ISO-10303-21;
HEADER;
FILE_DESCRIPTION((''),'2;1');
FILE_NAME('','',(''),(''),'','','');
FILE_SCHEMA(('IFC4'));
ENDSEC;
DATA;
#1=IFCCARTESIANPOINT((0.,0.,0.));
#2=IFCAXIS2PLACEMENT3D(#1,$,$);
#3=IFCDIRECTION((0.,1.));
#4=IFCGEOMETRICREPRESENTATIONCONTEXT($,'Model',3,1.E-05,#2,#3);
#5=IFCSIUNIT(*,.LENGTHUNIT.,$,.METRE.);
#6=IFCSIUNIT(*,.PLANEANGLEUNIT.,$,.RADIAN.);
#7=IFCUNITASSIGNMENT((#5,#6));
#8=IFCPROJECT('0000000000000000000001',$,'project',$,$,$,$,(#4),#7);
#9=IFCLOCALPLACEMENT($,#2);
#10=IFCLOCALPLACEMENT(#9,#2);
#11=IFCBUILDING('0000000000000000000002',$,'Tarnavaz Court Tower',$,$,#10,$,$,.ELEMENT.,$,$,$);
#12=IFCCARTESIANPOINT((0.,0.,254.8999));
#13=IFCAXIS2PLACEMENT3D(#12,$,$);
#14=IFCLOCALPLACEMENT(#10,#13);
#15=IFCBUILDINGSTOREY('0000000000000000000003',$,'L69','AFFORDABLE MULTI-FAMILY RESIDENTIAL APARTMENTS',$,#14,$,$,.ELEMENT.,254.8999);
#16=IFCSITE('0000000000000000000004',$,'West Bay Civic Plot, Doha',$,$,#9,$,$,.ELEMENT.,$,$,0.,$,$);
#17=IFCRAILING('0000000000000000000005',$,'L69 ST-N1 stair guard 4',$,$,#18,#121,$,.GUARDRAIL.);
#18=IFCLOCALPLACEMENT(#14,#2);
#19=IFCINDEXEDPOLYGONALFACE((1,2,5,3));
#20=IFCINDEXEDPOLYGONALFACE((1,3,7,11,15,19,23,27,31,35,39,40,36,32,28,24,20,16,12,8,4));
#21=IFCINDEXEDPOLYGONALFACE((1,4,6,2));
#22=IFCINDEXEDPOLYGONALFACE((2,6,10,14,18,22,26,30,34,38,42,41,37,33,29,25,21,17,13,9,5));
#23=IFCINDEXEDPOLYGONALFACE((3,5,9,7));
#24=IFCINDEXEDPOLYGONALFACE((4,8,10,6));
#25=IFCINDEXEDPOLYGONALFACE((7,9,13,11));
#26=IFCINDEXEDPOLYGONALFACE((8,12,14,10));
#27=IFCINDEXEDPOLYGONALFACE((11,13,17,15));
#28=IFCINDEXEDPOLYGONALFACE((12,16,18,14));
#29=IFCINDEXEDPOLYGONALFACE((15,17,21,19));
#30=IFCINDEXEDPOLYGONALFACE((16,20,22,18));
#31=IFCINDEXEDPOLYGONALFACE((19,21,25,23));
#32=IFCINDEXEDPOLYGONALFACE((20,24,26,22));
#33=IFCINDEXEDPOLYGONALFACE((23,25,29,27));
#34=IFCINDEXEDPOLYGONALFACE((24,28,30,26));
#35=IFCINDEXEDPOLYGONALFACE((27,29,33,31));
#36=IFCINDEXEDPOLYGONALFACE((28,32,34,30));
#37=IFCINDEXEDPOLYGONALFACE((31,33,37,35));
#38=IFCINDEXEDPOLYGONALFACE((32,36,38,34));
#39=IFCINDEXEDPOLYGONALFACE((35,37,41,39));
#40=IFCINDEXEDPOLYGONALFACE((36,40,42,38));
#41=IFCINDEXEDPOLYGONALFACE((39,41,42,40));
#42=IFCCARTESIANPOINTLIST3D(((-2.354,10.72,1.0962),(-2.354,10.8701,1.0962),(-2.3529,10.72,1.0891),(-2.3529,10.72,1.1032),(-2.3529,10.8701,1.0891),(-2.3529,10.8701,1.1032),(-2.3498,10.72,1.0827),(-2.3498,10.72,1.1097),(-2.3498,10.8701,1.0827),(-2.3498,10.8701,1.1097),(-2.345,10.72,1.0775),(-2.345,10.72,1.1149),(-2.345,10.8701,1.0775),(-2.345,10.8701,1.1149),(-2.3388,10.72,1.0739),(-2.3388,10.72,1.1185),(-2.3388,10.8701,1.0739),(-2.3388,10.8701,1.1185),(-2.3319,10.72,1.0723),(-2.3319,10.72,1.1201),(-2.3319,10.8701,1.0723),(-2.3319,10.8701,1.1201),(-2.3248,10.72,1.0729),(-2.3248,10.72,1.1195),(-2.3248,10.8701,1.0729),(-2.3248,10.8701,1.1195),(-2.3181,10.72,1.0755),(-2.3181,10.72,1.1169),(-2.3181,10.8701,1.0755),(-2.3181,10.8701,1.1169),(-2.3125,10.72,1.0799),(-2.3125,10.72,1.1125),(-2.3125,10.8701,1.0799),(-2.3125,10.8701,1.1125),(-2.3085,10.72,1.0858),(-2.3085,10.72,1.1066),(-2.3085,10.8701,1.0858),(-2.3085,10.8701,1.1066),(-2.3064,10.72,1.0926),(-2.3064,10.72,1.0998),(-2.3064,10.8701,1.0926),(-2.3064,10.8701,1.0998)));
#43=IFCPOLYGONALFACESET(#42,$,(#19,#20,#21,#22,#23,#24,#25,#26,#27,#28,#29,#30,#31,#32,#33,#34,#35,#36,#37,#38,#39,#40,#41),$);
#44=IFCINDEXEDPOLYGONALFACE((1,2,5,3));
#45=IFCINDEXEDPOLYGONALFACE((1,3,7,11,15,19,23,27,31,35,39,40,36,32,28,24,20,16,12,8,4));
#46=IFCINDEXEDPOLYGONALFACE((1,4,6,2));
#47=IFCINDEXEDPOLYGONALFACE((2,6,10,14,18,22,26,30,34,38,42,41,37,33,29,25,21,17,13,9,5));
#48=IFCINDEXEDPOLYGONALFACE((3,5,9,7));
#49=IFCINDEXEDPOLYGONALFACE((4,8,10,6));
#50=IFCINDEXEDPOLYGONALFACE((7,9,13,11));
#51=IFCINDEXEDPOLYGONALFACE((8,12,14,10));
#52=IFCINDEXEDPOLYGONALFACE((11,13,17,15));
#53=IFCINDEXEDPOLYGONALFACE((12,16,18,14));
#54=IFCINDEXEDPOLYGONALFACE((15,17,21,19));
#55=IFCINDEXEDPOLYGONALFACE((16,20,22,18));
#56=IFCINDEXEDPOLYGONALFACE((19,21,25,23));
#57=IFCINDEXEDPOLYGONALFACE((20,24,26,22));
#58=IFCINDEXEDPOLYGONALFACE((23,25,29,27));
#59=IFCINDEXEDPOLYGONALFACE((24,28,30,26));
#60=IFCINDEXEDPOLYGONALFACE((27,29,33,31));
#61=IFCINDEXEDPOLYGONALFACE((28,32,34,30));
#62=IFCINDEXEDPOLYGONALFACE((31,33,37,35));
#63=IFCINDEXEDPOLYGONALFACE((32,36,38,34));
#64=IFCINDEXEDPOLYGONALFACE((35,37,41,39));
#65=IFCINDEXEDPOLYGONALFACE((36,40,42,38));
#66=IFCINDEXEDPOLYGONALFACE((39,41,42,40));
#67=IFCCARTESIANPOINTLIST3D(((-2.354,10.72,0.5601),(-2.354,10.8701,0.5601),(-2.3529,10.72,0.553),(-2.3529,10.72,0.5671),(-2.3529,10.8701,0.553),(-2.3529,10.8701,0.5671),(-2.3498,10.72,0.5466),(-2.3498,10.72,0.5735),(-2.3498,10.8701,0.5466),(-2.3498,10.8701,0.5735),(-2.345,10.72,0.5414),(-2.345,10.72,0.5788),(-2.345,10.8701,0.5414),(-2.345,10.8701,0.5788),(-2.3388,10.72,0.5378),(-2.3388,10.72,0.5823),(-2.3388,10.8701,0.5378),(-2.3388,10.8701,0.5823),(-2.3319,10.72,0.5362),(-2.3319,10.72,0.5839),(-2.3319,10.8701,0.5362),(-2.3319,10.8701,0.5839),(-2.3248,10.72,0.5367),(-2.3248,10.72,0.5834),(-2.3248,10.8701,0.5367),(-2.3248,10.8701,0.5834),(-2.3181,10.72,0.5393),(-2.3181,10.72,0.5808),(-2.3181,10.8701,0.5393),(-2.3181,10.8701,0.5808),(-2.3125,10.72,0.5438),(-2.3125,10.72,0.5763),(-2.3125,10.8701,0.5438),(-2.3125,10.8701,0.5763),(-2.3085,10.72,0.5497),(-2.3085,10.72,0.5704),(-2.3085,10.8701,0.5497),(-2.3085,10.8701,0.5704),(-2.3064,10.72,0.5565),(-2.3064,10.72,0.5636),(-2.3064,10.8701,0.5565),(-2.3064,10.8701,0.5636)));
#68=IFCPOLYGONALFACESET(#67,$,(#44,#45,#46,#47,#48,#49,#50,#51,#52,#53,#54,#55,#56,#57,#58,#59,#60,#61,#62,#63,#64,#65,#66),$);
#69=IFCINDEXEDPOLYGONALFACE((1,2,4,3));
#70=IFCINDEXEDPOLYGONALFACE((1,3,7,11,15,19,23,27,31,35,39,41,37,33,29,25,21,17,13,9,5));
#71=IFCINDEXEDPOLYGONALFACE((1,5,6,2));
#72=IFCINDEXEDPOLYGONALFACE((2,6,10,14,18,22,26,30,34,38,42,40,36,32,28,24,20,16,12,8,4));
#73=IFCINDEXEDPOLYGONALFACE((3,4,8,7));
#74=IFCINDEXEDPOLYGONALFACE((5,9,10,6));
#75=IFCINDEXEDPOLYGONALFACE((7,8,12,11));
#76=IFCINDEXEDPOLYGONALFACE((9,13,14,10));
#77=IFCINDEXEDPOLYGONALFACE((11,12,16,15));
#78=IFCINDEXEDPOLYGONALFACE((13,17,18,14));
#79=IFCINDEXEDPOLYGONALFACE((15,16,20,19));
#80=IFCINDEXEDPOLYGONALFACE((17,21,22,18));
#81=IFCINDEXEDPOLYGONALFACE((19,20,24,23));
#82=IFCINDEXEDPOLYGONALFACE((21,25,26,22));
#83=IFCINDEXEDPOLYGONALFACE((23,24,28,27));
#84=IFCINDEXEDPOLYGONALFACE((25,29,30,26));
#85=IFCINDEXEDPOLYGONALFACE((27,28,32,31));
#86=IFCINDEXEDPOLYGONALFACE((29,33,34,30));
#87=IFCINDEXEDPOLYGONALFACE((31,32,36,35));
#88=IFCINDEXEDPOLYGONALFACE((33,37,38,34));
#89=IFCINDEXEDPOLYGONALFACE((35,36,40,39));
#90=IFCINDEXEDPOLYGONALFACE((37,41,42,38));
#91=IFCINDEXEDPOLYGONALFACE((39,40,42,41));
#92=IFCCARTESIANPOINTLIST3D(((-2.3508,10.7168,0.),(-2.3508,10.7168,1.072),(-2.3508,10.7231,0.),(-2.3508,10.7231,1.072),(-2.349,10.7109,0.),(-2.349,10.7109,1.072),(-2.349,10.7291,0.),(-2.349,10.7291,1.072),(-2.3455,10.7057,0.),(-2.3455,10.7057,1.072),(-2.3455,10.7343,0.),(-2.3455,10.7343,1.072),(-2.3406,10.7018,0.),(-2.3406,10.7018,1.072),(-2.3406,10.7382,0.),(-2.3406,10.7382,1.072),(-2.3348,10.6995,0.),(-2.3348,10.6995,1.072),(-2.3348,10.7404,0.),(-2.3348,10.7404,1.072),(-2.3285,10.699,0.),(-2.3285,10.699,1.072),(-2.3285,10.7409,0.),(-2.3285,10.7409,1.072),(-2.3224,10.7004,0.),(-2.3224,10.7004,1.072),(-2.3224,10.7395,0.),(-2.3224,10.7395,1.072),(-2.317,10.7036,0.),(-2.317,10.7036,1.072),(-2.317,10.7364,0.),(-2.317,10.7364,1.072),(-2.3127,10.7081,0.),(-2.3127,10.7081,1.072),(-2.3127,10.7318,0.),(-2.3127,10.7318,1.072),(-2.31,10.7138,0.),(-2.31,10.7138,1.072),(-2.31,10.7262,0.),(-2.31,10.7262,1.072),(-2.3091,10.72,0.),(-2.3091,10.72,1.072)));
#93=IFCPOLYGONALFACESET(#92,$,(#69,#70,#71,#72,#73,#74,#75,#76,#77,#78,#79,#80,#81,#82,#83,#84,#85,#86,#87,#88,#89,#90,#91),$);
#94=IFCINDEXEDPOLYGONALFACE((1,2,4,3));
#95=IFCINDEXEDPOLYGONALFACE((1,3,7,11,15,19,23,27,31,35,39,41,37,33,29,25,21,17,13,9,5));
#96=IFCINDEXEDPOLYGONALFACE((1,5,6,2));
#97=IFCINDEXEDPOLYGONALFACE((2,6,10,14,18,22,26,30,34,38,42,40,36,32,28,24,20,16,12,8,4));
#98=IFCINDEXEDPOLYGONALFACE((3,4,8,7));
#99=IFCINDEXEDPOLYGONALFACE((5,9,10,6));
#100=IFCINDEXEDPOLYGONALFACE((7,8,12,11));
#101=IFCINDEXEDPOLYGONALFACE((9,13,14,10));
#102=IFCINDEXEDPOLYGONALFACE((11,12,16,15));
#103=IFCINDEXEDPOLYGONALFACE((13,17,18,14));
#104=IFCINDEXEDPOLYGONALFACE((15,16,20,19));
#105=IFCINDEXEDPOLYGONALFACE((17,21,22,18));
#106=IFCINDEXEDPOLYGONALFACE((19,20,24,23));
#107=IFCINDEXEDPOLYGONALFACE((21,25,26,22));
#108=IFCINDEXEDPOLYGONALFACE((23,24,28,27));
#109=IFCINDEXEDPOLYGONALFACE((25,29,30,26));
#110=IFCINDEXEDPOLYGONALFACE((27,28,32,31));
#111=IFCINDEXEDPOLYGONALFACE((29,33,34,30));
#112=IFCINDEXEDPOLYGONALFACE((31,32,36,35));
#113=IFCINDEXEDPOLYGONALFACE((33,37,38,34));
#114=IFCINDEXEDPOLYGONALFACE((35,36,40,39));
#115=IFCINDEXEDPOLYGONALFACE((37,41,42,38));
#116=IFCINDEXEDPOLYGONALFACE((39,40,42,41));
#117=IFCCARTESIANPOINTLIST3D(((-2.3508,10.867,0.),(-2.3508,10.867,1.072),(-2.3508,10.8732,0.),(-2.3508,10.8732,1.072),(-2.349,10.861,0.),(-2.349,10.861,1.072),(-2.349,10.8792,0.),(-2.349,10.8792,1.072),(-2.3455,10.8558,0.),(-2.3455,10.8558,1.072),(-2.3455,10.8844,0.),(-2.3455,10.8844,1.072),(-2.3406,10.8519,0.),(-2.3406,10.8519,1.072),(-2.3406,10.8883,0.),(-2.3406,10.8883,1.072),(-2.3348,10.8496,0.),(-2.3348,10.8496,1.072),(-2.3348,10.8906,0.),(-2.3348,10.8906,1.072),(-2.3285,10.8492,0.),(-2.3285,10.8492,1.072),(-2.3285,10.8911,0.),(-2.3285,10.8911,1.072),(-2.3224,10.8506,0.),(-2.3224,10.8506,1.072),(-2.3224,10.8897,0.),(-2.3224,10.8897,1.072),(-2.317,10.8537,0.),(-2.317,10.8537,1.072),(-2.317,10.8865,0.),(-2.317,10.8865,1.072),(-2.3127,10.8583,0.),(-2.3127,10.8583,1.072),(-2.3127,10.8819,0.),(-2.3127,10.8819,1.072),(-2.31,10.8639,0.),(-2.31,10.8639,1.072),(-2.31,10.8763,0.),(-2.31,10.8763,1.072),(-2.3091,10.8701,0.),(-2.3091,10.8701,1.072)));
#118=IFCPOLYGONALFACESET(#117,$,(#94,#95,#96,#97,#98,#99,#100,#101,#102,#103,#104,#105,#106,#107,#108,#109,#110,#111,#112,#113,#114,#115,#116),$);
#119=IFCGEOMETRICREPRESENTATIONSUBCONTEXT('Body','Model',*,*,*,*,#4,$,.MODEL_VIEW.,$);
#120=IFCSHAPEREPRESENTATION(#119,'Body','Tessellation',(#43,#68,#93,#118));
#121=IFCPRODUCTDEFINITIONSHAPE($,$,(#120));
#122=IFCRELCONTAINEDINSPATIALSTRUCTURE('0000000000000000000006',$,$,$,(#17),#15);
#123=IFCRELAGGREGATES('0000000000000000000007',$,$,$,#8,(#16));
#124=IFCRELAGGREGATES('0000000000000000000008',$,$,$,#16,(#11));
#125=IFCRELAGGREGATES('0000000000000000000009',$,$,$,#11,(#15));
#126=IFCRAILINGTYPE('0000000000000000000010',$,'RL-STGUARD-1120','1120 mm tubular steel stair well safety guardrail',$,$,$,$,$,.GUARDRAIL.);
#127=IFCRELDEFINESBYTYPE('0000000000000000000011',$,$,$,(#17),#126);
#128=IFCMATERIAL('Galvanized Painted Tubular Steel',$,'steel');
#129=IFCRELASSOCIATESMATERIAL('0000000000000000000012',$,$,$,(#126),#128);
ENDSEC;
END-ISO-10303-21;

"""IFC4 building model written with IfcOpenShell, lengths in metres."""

from ifc_helpers import new_model, si_unit, direction, frame, origin, origin_2d, place, context, subcontext, project, spatial, circle, extrude, material, type_object, element, save


model = new_model("IFC4")

# Units and contexts
model_context = context("Model", 3, precision=1e-05, world=origin(), true_north=direction((0.0, 1.0)))
body_context = subcontext(model_context, "Body", "Model", "MODEL_VIEW")
ifc_project = project(units=[si_unit("LENGTHUNIT", "METRE"), si_unit("PLANEANGLEUNIT", "RADIAN")], contexts=[model_context])

# Site, building, storey
site_placement = place(None, origin())
site = spatial("IfcSite", under=ifc_project, at=site_placement, Name="West Bay Civic Plot, Doha", CompositionType="ELEMENT", RefElevation=0.0)
building_placement = place(site_placement, origin())
building = spatial("IfcBuilding", under=site, at=building_placement, Name="Tarnavaz Court Tower", CompositionType="ELEMENT")
storey_placement = place(building_placement, frame((0.0, 0.0, 254.8999)))
storey = spatial("IfcBuildingStorey", under=building, at=storey_placement, Name="L69", Description="AFFORDABLE MULTI-FAMILY RESIDENTIAL APARTMENTS", CompositionType="ELEMENT", Elevation=254.8999)

# Railing
ifc_material_1 = material(Name="Galvanized Painted Tubular Steel", Category="steel")
railing_type_1 = type_object("IfcRailingType", Name="RL-STGUARD-1120", Description="1120 mm tubular steel stair well safety guardrail", PredefinedType="GUARDRAIL", material=ifc_material_1)
railing_1_placement = place(storey_placement, frame((-2.3301, 10.72, 0.0)))
element("IfcRailing", 1, at=railing_1_placement, inside=storey, type_object=railing_type_1, Name="L69 ST-N1 stair guard 4", PredefinedType="GUARDRAIL", context=body_context, shape_type="SweptSolid", body=[
    extrude(circle(Radius=0.0239, at=origin_2d()), frame((0.0, 0.0, 1.0962), z_axis=(0.0, 1.0, 0.0), x_axis=(-1.0, 0.0, 0.0)), (0.0, 0.0, 1.0), 0.1501),
    extrude(circle(Radius=0.0239, at=origin_2d()), frame((0.0, 0.0, 0.5601), z_axis=(0.0, 1.0, 0.0), x_axis=(-1.0, 0.0, 0.0)), (0.0, 0.0, 1.0), 0.1501),
    extrude(circle(Radius=0.021, at=origin_2d()), origin(), (0.0, 0.0, 1.0), 1.072),
    extrude(circle(Radius=0.021, at=origin_2d()), frame((0.0, 0.1501, 0.0)), (0.0, 0.0, 1.0), 1.072),
])

save(model, "model.ifc")
